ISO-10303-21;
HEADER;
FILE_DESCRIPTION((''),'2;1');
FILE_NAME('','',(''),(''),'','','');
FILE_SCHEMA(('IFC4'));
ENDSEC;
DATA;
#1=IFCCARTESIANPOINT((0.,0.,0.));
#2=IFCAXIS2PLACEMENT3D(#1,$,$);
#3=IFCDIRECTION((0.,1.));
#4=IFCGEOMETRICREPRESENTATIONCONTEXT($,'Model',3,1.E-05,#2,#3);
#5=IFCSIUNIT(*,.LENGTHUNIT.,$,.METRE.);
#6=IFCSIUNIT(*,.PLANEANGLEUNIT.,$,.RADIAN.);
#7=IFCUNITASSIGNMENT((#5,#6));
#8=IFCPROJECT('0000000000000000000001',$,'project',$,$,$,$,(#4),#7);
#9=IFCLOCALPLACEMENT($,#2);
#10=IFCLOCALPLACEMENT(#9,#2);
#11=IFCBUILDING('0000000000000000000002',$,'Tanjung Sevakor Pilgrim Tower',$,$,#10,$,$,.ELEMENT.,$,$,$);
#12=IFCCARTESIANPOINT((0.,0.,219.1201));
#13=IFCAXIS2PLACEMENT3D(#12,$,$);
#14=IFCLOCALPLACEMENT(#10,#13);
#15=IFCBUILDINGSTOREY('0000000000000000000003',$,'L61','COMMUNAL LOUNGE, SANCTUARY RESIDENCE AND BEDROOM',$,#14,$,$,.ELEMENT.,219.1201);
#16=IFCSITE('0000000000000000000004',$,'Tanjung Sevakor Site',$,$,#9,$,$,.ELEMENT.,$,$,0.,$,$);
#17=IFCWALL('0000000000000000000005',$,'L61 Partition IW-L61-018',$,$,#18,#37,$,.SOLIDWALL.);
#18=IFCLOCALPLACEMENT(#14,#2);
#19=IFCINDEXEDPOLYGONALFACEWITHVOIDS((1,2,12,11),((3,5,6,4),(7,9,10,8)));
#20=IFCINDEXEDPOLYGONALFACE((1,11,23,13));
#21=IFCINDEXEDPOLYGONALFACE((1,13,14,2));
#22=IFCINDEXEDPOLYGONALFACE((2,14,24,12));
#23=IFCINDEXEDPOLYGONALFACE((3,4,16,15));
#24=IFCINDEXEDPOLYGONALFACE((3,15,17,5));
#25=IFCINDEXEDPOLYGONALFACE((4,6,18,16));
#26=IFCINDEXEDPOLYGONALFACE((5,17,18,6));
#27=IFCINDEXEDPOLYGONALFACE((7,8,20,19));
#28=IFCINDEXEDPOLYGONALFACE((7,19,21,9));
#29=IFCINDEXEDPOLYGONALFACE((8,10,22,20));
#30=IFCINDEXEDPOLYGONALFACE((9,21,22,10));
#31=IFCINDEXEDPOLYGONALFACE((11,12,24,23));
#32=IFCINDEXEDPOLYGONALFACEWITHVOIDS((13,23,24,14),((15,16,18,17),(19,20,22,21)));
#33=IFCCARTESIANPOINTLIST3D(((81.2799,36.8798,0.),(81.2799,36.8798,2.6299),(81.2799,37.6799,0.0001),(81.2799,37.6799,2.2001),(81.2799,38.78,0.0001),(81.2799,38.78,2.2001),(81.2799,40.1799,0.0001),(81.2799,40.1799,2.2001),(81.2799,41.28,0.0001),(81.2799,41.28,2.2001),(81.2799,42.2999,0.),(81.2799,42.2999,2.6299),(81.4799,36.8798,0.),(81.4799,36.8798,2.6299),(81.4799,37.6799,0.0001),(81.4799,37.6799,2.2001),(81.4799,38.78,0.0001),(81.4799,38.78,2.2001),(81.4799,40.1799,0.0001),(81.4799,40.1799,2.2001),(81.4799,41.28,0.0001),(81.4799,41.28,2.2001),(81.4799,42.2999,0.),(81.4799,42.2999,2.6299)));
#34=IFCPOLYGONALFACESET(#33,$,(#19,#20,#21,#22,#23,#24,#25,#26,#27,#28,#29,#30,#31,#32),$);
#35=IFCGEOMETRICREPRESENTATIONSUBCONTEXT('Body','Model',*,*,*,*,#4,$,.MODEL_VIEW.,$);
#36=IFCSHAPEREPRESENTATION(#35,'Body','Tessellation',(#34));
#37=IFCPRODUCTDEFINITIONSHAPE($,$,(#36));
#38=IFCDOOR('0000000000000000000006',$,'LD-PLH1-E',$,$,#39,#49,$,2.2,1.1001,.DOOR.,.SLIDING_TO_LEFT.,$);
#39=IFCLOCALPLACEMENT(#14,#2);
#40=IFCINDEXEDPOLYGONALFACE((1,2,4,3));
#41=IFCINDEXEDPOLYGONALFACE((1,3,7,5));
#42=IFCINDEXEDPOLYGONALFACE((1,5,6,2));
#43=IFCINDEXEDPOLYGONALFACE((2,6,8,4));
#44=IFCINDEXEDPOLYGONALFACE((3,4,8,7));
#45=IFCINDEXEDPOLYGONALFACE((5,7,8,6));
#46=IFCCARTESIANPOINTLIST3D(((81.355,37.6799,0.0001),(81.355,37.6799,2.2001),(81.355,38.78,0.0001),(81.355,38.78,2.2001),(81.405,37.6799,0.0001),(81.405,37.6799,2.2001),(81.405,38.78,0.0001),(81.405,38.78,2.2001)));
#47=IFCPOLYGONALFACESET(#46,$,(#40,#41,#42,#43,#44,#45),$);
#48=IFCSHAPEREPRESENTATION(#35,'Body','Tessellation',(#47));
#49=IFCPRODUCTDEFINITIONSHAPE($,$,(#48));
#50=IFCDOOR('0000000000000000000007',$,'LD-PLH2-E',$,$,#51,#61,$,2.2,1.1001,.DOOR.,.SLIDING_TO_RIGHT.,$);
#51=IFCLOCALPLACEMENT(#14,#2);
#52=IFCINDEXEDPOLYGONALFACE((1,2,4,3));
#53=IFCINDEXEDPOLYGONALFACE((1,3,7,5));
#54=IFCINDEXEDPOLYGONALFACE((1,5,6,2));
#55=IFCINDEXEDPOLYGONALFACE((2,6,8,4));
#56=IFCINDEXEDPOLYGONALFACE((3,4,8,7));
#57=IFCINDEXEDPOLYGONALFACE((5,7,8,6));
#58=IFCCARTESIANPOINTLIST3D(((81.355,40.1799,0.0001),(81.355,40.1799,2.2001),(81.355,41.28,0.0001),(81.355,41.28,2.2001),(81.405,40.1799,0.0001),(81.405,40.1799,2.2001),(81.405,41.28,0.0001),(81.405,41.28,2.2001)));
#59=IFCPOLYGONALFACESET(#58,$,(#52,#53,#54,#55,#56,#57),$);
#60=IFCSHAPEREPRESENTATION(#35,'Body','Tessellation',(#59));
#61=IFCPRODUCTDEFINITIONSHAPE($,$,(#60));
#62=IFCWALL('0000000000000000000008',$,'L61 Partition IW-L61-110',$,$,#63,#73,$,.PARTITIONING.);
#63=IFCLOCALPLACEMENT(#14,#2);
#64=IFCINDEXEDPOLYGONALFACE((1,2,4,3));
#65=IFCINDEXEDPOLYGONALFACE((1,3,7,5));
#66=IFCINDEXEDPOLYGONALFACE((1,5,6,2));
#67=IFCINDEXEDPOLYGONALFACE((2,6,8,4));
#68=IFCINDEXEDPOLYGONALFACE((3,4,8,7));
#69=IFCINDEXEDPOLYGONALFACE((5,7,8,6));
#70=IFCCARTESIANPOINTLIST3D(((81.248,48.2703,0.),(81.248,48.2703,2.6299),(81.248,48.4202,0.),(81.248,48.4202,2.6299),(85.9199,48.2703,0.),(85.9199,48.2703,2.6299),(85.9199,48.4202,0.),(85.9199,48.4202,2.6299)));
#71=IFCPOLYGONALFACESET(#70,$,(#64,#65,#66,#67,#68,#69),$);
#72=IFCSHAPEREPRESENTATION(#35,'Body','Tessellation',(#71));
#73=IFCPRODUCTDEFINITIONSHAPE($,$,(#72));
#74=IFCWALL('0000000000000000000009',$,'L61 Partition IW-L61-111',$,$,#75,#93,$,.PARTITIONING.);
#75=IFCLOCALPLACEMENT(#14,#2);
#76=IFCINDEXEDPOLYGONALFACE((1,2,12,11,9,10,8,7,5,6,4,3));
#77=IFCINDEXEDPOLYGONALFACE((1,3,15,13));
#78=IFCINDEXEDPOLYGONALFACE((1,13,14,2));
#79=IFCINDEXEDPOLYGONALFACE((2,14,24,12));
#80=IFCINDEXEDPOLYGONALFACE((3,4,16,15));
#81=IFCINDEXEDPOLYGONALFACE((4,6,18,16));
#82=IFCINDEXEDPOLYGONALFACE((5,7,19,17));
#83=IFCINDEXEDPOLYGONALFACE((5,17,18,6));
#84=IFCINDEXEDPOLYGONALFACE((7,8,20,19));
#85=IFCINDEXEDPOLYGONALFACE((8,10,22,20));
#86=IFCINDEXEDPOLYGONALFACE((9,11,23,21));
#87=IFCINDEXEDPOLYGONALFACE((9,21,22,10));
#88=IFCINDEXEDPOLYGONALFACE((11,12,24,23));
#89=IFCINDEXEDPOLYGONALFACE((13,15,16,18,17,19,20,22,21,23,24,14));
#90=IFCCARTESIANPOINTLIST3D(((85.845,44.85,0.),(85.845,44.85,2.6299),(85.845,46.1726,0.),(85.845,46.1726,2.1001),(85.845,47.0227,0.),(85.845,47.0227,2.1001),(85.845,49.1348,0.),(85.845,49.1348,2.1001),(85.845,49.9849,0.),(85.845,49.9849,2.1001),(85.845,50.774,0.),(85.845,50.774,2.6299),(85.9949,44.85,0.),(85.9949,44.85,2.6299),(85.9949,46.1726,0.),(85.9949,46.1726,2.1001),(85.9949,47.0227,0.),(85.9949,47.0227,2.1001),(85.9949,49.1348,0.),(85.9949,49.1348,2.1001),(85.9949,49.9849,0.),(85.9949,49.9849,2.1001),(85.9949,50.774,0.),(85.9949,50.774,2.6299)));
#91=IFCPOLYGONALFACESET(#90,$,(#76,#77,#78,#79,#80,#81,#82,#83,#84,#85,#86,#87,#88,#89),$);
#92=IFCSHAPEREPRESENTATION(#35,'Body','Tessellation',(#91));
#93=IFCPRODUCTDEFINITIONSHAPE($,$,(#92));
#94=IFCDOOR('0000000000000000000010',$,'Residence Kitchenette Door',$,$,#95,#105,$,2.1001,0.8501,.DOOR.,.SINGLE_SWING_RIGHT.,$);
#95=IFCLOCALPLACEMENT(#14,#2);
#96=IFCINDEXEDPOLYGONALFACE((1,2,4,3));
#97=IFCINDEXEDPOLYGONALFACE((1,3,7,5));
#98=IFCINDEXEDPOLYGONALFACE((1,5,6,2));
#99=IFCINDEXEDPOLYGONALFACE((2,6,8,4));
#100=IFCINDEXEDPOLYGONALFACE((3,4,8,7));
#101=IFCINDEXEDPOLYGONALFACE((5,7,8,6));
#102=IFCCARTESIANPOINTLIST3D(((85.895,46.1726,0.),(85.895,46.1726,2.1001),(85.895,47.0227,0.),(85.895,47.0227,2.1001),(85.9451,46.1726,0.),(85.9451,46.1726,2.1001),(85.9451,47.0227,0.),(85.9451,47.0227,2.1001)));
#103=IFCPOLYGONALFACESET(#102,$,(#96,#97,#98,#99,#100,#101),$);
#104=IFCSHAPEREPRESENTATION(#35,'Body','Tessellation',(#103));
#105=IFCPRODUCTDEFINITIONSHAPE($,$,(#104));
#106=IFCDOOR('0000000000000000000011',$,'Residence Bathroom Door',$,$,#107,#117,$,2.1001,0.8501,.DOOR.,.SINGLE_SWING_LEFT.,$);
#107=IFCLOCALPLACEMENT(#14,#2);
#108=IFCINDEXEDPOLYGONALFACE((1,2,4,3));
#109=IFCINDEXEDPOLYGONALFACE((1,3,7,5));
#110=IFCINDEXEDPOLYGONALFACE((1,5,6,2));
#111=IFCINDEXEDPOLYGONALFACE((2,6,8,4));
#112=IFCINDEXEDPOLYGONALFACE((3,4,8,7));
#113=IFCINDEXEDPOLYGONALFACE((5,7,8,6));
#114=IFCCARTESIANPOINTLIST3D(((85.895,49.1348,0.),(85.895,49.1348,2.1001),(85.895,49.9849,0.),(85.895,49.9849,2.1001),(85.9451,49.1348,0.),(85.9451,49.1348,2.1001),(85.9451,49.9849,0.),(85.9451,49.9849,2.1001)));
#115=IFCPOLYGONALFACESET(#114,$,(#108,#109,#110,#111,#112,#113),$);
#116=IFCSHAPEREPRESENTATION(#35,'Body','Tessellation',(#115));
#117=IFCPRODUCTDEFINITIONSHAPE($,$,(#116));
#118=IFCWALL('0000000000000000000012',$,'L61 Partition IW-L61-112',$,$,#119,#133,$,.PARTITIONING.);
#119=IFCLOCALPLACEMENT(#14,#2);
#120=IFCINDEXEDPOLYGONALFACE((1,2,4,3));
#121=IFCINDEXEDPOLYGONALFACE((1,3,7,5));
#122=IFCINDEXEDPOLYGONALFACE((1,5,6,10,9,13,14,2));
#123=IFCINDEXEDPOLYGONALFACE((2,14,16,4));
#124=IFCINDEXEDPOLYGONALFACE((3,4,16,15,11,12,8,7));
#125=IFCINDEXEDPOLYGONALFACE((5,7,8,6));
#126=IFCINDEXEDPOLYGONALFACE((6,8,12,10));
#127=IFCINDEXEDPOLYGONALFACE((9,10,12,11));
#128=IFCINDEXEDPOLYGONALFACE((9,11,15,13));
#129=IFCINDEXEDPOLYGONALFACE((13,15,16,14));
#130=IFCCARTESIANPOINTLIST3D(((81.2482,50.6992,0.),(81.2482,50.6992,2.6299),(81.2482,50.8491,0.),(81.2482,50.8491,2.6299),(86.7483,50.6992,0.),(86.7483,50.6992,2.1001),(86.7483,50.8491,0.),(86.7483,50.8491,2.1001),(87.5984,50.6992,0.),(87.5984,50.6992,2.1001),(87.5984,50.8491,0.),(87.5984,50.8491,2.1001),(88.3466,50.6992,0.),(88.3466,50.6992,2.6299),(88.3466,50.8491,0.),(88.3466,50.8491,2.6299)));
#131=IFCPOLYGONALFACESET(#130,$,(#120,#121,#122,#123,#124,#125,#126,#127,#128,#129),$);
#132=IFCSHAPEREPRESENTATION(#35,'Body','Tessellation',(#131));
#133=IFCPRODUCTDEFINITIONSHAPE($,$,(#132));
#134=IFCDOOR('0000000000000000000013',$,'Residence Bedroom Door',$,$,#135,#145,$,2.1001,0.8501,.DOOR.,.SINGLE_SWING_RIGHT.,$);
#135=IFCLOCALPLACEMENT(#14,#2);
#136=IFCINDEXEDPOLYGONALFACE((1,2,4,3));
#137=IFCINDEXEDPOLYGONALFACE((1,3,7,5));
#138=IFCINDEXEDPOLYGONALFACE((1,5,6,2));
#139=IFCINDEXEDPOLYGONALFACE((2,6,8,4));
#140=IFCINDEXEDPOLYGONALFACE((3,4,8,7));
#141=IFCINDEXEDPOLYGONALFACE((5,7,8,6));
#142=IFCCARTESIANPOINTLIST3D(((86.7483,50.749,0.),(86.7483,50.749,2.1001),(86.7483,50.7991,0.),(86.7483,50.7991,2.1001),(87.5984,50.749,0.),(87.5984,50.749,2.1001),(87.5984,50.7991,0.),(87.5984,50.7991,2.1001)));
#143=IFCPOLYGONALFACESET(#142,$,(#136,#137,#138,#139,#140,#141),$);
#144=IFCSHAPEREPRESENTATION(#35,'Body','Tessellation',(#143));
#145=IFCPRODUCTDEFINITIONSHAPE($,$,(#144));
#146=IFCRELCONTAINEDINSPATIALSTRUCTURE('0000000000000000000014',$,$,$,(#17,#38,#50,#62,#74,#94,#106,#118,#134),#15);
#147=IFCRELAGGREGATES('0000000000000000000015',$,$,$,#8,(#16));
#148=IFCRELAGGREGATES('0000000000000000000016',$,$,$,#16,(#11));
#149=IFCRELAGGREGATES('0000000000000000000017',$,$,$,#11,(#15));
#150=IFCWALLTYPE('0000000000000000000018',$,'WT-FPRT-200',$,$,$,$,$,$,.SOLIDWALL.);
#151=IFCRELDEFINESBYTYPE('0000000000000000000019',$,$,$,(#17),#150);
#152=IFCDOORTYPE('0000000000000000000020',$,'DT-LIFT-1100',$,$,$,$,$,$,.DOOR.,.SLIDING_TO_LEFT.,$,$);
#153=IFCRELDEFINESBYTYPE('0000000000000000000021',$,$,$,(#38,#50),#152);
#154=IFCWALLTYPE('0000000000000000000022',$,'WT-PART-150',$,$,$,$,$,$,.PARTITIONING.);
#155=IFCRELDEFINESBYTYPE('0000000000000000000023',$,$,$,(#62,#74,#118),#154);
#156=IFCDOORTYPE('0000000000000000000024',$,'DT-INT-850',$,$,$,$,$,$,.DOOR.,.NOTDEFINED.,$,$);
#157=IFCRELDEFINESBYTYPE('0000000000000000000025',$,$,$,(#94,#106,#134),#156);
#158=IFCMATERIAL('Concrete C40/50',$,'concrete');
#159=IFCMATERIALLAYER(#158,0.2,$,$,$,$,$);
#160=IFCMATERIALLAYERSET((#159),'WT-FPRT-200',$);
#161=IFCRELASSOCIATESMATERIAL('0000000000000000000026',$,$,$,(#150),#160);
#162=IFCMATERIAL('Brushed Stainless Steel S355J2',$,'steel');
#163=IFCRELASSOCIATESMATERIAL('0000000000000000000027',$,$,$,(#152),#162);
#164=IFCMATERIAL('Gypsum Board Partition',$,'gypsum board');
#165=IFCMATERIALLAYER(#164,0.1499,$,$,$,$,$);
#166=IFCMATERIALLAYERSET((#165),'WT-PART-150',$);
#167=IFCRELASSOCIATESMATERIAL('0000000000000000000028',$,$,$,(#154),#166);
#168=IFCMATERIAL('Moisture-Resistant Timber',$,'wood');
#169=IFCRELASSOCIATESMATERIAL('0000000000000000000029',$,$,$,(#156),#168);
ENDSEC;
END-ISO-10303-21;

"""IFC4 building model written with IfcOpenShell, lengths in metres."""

from ifc_helpers import new_model, si_unit, direction, frame, frame_2d, origin, place, context, subcontext, project, spatial, rectangle, extrude, material, layer, layer_set, type_object, element, fill, save


model = new_model("IFC4")

# Units and contexts
model_context = context("Model", 3, precision=1e-05, world=origin(), true_north=direction((0.0, 1.0)))
body_context = subcontext(model_context, "Body", "Model", "MODEL_VIEW")
ifc_project = project(units=[si_unit("LENGTHUNIT", "METRE"), si_unit("PLANEANGLEUNIT", "RADIAN")], contexts=[model_context])

# Site, building, storey
site_placement = place(None, origin())
site = spatial("IfcSite", under=ifc_project, at=site_placement, Name="Tanjung Sevakor Site", CompositionType="ELEMENT", RefElevation=0.0)
building_placement = place(site_placement, origin())
building = spatial("IfcBuilding", under=site, at=building_placement, Name="Tanjung Sevakor Pilgrim Tower", CompositionType="ELEMENT")
storey_placement = place(building_placement, frame((0.0, 0.0, 219.1201)))
storey = spatial("IfcBuildingStorey", under=building, at=storey_placement, Name="L61", Description="COMMUNAL LOUNGE, SANCTUARY RESIDENCE AND BEDROOM", CompositionType="ELEMENT", Elevation=219.1201)

# Shared definitions
ifc_material_1 = material(Name="Concrete C40/50", Category="concrete")
ifc_layer_1 = layer(ifc_material_1, 0.2)
ifc_layer_set_1 = layer_set([ifc_layer_1], Name="WT-FPRT-200")
wall_type_1 = type_object("IfcWallType", Name="WT-FPRT-200", PredefinedType="SOLIDWALL", material=ifc_layer_set_1)

# Wall, openings, doors
wall_1_placement = place(storey_placement, frame((81.3799, 36.8799, 0.0), z_axis=(0.0, 0.0, 1.0), x_axis=(0.0, 1.0, 0.0)))
wall_1 = element("IfcWall", 1, at=wall_1_placement, inside=storey, type_object=wall_type_1, Name="L61 Partition IW-L61-018", PredefinedType="SOLIDWALL", context=body_context, shape_type="SweptSolid", body=[
    extrude(rectangle(XDim=5.4202, YDim=0.2, at=frame_2d((2.71, 0.0))), origin(), (0.0, 0.0, 1.0), 2.6299),
])
opening_1_placement = place(wall_1_placement, frame((0.8, 0.0, 0.0)))
opening_1 = element("IfcOpeningElement", 2, at=opening_1_placement, cuts=wall_1, PredefinedType="OPENING", context=body_context, shape_type="SweptSolid", body=[
    extrude(rectangle(XDim=1.1001, YDim=2.2, at=frame_2d((0.55, 1.1001))), frame((0.0, 0.1099, 0.0), z_axis=(0.0, -1.0, 0.0), x_axis=(1.0, 0.0, 0.0)), (0.0, 0.0, 1.0), 0.22),
])
opening_2_placement = place(wall_1_placement, frame((3.3, 0.0, 0.0)))
opening_2 = element("IfcOpeningElement", 3, at=opening_2_placement, cuts=wall_1, PredefinedType="OPENING", context=body_context, shape_type="SweptSolid", body=[
    extrude(rectangle(XDim=1.1001, YDim=2.2, at=frame_2d((0.55, 1.1001))), frame((0.0, 0.1099, 0.0), z_axis=(0.0, -1.0, 0.0), x_axis=(1.0, 0.0, 0.0)), (0.0, 0.0, 1.0), 0.22),
])
ifc_material_2 = material(Name="Brushed Stainless Steel S355J2", Category="steel")
door_type_1 = type_object("IfcDoorType", Name="DT-LIFT-1100", OperationType="SLIDING_TO_LEFT", PredefinedType="DOOR", material=ifc_material_2)
door_1_placement = place(opening_1_placement, origin())
door_1 = element("IfcDoor", 4, at=door_1_placement, inside=storey, type_object=door_type_1, Name="LD-PLH1-E", OperationType="SLIDING_TO_LEFT", OverallHeight=2.2, OverallWidth=1.1001, PredefinedType="DOOR", context=body_context, shape_type="SweptSolid", body=[
    extrude(rectangle(XDim=1.1001, YDim=2.2, at=frame_2d((0.55, 1.1001))), frame((0.0, 0.0249, 0.0), z_axis=(0.0, -1.0, 0.0), x_axis=(1.0, 0.0, 0.0)), (0.0, 0.0, 1.0), 0.05),
])
fill(opening_1, door_1)
door_2_placement = place(opening_2_placement, origin())
door_2 = element("IfcDoor", 5, at=door_2_placement, inside=storey, type_object=door_type_1, Name="LD-PLH2-E", OperationType="SLIDING_TO_RIGHT", OverallHeight=2.2, OverallWidth=1.1001, PredefinedType="DOOR", context=body_context, shape_type="SweptSolid", body=[
    extrude(rectangle(XDim=1.1001, YDim=2.2, at=frame_2d((0.55, 1.1001))), frame((0.0, 0.0249, 0.0), z_axis=(0.0, -1.0, 0.0), x_axis=(1.0, 0.0, 0.0)), (0.0, 0.0, 1.0), 0.05),
])
fill(opening_2, door_2)

# Wall
ifc_material_3 = material(Name="Gypsum Board Partition", Category="gypsum board")
ifc_layer_2 = layer(ifc_material_3, 0.1499)
ifc_layer_set_2 = layer_set([ifc_layer_2], Name="WT-PART-150")
wall_type_2 = type_object("IfcWallType", Name="WT-PART-150", PredefinedType="PARTITIONING", material=ifc_layer_set_2)
wall_2_placement = place(storey_placement, frame((81.248, 48.3452, 0.0), z_axis=(0.0, 0.0, 1.0), x_axis=(1.0, 0.0, 0.0)))
element("IfcWall", 6, at=wall_2_placement, inside=storey, type_object=wall_type_2, Name="L61 Partition IW-L61-110", PredefinedType="PARTITIONING", context=body_context, shape_type="SweptSolid", body=[
    extrude(rectangle(XDim=4.6719, YDim=0.1499, at=frame_2d((2.3359, 0.0))), origin(), (0.0, 0.0, 1.0), 2.6299),
])

# Wall, openings, doors
wall_3_placement = place(storey_placement, frame((85.9199, 44.8501, 0.0), z_axis=(0.0, 0.0, 1.0), x_axis=(0.0, 1.0, 0.0)))
wall_3 = element("IfcWall", 7, at=wall_3_placement, inside=storey, type_object=wall_type_2, Name="L61 Partition IW-L61-111", PredefinedType="PARTITIONING", context=body_context, shape_type="SweptSolid", body=[
    extrude(rectangle(XDim=5.9241, YDim=0.1499, at=frame_2d((2.9619, 0.0))), origin(), (0.0, 0.0, 1.0), 2.6299),
])
opening_3_placement = place(wall_3_placement, frame((1.3225, 0.0, 0.0)))
opening_3 = element("IfcOpeningElement", 8, at=opening_3_placement, cuts=wall_3, PredefinedType="OPENING", context=body_context, shape_type="SweptSolid", body=[
    extrude(rectangle(XDim=0.8501, YDim=2.1001, at=frame_2d((0.425, 1.05))), frame((0.0, 0.085, 0.0), z_axis=(0.0, -1.0, 0.0), x_axis=(1.0, 0.0, 0.0)), (0.0, 0.0, 1.0), 0.1699),
])
opening_4_placement = place(wall_3_placement, frame((4.2847, 0.0, 0.0)))
opening_4 = element("IfcOpeningElement", 9, at=opening_4_placement, cuts=wall_3, PredefinedType="OPENING", context=body_context, shape_type="SweptSolid", body=[
    extrude(rectangle(XDim=0.8501, YDim=2.1001, at=frame_2d((0.425, 1.05))), frame((0.0, 0.085, 0.0), z_axis=(0.0, -1.0, 0.0), x_axis=(1.0, 0.0, 0.0)), (0.0, 0.0, 1.0), 0.1699),
])
ifc_material_4 = material(Name="Moisture-Resistant Timber", Category="wood")
door_type_2 = type_object("IfcDoorType", Name="DT-INT-850", OperationType="NOTDEFINED", PredefinedType="DOOR", material=ifc_material_4)
door_3_placement = place(opening_3_placement, origin())
door_3 = element("IfcDoor", 10, at=door_3_placement, inside=storey, type_object=door_type_2, Name="Residence Kitchenette Door", OperationType="SINGLE_SWING_RIGHT", OverallHeight=2.1001, OverallWidth=0.8501, PredefinedType="DOOR", context=body_context, shape_type="SweptSolid", body=[
    extrude(rectangle(XDim=0.8501, YDim=2.1001, at=frame_2d((0.425, 1.05))), frame((0.0, 0.0249, 0.0), z_axis=(0.0, -1.0, 0.0), x_axis=(1.0, 0.0, 0.0)), (0.0, 0.0, 1.0), 0.05),
])
fill(opening_3, door_3)
door_4_placement = place(opening_4_placement, origin())
door_4 = element("IfcDoor", 11, at=door_4_placement, inside=storey, type_object=door_type_2, Name="Residence Bathroom Door", OperationType="SINGLE_SWING_LEFT", OverallHeight=2.1001, OverallWidth=0.8501, PredefinedType="DOOR", context=body_context, shape_type="SweptSolid", body=[
    extrude(rectangle(XDim=0.8501, YDim=2.1001, at=frame_2d((0.425, 1.05))), frame((0.0, 0.0249, 0.0), z_axis=(0.0, -1.0, 0.0), x_axis=(1.0, 0.0, 0.0)), (0.0, 0.0, 1.0), 0.05),
])
fill(opening_4, door_4)

# Wall, opening, door
wall_4_placement = place(storey_placement, frame((81.248, 50.7742, 0.0), z_axis=(0.0, 0.0, 1.0), x_axis=(1.0, 0.0, 0.0)))
wall_4 = element("IfcWall", 12, at=wall_4_placement, inside=storey, type_object=wall_type_2, Name="L61 Partition IW-L61-112", PredefinedType="PARTITIONING", context=body_context, shape_type="SweptSolid", body=[
    extrude(rectangle(XDim=7.0984, YDim=0.1499, at=frame_2d((3.5493, 0.0))), origin(), (0.0, 0.0, 1.0), 2.6299),
])
opening_5_placement = place(wall_4_placement, frame((5.5002, 0.0, 0.0)))
opening_5 = element("IfcOpeningElement", 13, at=opening_5_placement, cuts=wall_4, PredefinedType="OPENING", context=body_context, shape_type="SweptSolid", body=[
    extrude(rectangle(XDim=0.8501, YDim=2.1001, at=frame_2d((0.425, 1.05))), frame((0.0, 0.085, 0.0), z_axis=(0.0, -1.0, 0.0), x_axis=(1.0, 0.0, 0.0)), (0.0, 0.0, 1.0), 0.1699),
])
door_5_placement = place(opening_5_placement, origin())
door_5 = element("IfcDoor", 14, at=door_5_placement, inside=storey, type_object=door_type_2, Name="Residence Bedroom Door", OperationType="SINGLE_SWING_RIGHT", OverallHeight=2.1001, OverallWidth=0.8501, PredefinedType="DOOR", context=body_context, shape_type="SweptSolid", body=[
    extrude(rectangle(XDim=0.8501, YDim=2.1001, at=frame_2d((0.425, 1.05))), frame((0.0, 0.0249, 0.0), z_axis=(0.0, -1.0, 0.0), x_axis=(1.0, 0.0, 0.0)), (0.0, 0.0, 1.0), 0.05),
])
fill(opening_5, door_5)

save(model, "model.ifc")
